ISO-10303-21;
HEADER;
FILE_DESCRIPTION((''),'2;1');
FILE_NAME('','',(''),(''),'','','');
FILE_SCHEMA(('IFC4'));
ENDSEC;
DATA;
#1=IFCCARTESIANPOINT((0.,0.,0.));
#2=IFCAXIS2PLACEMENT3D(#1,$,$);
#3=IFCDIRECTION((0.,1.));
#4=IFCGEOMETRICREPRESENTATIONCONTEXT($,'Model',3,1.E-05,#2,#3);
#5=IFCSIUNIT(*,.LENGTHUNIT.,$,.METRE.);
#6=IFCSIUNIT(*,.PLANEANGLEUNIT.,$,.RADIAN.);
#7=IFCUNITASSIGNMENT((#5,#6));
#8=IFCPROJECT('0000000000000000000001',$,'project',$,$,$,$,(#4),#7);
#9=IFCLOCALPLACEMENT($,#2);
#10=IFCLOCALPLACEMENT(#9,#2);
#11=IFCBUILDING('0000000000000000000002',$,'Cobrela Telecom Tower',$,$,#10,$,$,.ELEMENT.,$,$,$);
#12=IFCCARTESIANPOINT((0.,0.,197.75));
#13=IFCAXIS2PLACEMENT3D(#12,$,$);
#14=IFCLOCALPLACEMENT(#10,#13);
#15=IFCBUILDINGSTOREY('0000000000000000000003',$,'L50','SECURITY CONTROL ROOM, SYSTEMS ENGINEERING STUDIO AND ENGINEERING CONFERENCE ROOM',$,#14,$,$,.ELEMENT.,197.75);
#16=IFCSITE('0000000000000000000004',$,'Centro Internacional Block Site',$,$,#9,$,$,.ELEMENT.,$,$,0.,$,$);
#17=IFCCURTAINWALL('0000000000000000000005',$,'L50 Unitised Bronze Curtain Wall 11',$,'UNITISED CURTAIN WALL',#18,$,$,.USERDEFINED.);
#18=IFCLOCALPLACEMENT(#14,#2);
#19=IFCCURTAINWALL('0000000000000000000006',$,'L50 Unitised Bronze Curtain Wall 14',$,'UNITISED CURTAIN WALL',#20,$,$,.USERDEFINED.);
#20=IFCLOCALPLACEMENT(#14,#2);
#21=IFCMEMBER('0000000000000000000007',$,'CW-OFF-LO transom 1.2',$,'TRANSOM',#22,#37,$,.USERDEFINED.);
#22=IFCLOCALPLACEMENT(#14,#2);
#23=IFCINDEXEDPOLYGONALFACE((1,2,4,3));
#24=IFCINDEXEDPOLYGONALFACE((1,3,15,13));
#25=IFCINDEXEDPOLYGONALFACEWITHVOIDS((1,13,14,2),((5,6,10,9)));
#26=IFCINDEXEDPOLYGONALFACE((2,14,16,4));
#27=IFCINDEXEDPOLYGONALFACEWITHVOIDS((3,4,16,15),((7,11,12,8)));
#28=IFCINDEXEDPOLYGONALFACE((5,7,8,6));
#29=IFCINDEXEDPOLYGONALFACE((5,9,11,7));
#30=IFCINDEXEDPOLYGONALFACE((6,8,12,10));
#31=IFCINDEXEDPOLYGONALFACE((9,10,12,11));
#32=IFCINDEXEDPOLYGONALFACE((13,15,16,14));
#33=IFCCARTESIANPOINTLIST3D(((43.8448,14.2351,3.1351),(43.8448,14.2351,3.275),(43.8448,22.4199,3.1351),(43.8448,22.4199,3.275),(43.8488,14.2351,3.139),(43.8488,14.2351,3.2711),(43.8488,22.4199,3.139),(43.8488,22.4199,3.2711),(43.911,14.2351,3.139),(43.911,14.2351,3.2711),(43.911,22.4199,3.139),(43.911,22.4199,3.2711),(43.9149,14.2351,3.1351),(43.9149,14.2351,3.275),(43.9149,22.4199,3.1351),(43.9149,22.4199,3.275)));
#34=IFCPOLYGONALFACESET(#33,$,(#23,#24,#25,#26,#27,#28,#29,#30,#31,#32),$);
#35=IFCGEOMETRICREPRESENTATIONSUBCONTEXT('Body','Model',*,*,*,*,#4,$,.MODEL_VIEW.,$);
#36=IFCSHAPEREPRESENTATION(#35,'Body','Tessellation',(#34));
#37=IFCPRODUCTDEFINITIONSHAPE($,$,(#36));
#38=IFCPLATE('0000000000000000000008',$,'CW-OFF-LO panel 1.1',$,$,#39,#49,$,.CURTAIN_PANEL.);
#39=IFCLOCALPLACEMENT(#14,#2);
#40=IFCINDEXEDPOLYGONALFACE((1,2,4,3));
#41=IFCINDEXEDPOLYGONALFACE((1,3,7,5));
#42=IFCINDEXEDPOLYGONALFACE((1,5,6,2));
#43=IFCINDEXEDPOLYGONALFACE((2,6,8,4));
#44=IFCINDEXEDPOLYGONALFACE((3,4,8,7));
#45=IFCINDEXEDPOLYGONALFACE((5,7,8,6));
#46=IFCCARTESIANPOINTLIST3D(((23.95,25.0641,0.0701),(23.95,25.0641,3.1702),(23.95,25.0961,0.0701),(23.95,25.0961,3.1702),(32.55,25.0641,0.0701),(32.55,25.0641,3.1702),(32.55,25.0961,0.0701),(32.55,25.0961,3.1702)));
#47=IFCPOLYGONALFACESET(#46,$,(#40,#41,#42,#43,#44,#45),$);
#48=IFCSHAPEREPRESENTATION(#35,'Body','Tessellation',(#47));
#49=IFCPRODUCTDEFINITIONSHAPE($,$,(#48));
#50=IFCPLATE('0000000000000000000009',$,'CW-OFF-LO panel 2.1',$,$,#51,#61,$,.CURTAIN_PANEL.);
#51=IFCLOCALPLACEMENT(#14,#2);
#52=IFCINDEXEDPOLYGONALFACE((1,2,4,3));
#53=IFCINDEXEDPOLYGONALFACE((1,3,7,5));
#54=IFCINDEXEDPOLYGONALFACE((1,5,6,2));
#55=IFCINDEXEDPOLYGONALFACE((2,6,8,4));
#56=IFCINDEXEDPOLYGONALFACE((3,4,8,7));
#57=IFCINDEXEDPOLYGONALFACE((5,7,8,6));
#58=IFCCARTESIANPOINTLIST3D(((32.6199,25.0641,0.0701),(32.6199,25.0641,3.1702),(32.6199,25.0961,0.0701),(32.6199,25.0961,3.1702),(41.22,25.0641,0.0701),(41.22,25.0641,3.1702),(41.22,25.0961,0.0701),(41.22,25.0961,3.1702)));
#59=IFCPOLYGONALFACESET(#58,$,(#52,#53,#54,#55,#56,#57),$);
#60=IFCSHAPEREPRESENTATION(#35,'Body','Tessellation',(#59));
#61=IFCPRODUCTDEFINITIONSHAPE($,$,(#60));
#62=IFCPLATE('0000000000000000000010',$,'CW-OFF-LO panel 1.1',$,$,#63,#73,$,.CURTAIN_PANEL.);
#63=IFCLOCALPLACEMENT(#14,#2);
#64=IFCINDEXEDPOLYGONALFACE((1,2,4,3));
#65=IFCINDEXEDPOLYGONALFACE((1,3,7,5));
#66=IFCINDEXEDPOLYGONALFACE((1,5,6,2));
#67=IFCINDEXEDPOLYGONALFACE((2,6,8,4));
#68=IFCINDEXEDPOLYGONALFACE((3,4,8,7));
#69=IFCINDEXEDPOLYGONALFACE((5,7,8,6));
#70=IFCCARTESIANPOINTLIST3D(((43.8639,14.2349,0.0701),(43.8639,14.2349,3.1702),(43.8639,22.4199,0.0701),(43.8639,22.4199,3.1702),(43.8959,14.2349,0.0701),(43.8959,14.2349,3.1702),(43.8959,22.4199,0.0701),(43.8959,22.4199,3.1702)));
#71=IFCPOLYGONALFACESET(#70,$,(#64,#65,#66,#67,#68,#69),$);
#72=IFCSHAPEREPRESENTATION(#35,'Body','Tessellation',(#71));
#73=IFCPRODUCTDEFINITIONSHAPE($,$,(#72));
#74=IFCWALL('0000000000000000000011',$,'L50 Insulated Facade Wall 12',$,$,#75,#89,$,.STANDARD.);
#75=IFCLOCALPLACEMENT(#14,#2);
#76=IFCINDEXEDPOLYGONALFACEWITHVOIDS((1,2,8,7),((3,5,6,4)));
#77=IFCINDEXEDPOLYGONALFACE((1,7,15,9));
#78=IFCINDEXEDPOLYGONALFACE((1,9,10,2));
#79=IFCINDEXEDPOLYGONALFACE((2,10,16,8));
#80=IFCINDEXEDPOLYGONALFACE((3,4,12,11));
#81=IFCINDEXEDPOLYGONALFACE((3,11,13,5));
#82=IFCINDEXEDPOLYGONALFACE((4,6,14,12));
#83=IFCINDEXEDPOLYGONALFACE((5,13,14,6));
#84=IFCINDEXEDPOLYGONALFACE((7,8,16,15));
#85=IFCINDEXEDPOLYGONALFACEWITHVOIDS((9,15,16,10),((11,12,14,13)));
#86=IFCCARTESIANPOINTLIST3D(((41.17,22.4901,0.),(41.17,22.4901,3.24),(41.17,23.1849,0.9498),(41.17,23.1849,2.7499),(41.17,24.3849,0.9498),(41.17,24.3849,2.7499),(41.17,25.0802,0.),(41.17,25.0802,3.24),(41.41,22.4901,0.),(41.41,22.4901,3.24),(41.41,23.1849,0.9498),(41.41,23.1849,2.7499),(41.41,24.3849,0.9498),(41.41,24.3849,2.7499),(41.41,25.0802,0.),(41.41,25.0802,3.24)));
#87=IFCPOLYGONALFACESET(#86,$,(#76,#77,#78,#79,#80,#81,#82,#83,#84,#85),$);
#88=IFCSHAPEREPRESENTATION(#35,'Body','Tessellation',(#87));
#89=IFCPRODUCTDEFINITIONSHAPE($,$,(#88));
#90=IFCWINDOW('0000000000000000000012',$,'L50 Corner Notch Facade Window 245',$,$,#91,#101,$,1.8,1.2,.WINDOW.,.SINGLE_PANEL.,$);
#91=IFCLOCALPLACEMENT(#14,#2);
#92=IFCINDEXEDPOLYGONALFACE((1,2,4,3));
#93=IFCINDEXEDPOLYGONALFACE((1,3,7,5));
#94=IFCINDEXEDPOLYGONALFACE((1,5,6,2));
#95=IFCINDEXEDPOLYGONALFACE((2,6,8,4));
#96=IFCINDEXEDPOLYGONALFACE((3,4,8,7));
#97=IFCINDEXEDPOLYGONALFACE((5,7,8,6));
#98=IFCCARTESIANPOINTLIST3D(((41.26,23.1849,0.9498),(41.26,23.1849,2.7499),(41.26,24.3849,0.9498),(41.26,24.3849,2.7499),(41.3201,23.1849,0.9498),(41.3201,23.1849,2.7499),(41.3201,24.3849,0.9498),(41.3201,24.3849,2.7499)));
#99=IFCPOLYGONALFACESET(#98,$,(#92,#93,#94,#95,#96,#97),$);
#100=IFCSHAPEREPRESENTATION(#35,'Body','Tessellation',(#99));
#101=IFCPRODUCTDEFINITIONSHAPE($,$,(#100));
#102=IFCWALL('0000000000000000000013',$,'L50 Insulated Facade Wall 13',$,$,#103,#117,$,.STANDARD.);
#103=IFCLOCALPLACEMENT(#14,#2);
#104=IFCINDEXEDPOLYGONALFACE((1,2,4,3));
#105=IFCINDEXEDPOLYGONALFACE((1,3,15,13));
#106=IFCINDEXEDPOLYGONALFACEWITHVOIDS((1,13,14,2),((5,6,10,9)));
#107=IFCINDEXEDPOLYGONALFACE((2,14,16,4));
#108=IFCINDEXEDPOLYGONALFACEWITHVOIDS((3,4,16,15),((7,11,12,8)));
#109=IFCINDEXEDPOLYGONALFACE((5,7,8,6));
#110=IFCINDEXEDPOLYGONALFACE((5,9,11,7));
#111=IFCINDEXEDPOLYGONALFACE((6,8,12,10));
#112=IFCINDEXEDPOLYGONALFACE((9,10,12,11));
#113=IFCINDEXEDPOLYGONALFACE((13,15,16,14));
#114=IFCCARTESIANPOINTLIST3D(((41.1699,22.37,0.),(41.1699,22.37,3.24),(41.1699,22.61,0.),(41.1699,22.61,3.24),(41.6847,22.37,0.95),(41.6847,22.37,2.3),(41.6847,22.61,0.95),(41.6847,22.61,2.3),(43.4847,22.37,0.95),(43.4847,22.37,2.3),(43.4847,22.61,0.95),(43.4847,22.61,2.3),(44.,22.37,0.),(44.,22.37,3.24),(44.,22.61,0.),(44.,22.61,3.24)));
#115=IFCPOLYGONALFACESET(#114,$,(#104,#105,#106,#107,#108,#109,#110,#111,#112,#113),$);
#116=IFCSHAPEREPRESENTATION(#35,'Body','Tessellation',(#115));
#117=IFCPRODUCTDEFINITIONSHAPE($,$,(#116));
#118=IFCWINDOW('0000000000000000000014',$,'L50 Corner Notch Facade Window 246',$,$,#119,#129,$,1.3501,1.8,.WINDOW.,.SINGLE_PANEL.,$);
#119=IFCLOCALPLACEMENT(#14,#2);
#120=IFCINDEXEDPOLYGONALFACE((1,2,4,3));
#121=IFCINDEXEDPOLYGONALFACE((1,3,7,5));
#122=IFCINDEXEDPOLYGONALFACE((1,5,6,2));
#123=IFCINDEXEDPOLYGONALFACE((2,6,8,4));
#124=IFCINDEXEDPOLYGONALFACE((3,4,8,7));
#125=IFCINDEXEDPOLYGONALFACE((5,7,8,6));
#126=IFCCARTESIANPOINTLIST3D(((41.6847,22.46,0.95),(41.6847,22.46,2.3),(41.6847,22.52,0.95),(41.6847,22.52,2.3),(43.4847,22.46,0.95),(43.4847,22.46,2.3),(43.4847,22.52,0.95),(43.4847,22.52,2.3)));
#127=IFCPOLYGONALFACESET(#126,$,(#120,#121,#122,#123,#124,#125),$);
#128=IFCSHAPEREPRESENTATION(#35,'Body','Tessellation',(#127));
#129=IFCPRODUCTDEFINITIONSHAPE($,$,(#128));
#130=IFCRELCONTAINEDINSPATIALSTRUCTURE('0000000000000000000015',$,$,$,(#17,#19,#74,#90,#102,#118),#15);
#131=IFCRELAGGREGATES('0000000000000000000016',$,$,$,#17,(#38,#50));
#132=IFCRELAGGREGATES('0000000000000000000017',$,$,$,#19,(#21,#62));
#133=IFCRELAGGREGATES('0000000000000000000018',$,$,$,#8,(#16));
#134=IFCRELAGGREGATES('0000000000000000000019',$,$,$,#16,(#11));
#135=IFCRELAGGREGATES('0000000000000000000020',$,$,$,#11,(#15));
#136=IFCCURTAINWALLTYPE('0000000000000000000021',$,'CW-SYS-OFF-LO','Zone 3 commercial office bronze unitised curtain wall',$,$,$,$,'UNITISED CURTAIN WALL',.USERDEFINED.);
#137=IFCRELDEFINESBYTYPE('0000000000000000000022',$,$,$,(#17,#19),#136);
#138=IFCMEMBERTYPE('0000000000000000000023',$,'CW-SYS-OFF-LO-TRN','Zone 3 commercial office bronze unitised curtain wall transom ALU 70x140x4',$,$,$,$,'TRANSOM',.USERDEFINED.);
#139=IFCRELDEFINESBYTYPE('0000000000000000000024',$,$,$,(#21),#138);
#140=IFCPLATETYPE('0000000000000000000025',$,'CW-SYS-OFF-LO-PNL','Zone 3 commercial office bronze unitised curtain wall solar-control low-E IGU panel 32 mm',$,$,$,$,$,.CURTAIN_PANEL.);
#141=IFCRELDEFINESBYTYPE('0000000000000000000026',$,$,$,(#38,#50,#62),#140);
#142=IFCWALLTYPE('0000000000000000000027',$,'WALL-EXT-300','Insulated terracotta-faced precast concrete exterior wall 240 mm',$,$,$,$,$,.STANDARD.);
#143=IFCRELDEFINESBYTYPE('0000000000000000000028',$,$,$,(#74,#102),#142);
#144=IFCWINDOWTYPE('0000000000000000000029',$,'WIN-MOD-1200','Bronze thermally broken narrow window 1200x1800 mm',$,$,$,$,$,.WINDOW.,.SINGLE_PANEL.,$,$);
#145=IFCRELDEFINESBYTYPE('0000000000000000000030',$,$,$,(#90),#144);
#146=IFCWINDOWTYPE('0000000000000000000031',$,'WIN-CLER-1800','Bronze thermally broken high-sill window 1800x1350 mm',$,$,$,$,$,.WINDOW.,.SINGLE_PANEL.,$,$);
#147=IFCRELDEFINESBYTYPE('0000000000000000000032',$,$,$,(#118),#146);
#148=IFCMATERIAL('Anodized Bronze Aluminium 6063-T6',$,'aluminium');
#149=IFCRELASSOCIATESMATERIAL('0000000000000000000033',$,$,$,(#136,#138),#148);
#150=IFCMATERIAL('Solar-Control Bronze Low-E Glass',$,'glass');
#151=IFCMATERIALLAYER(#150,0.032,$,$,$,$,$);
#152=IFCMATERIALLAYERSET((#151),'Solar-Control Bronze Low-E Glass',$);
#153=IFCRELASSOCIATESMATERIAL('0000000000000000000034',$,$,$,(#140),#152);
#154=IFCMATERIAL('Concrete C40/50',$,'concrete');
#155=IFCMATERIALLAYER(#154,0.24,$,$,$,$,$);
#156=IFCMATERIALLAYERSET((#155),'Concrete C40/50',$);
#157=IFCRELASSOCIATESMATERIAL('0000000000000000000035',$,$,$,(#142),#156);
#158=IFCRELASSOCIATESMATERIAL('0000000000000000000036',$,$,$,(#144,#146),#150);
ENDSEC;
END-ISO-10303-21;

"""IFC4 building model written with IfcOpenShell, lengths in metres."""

from ifc_helpers import new_model, si_unit, direction, frame, frame_2d, origin, origin_2d, place, context, subcontext, project, spatial, rectangle, hollow_rectangle, extrude, material, layer, layer_set, material_profile, profile_set, type_object, element, fill, aggregate, save


model = new_model("IFC4")

# Units and contexts
model_context = context("Model", 3, precision=1e-05, world=origin(), true_north=direction((0.0, 1.0)))
body_context = subcontext(model_context, "Body", "Model", "MODEL_VIEW")
ifc_project = project(units=[si_unit("LENGTHUNIT", "METRE"), si_unit("PLANEANGLEUNIT", "RADIAN")], contexts=[model_context])

# Site, building, storey
site_placement = place(None, origin())
site = spatial("IfcSite", under=ifc_project, at=site_placement, Name="Centro Internacional Block Site", CompositionType="ELEMENT", RefElevation=0.0)
building_placement = place(site_placement, origin())
building = spatial("IfcBuilding", under=site, at=building_placement, Name="Cobrela Telecom Tower", CompositionType="ELEMENT")
storey_placement = place(building_placement, frame((0.0, 0.0, 197.75)))
storey = spatial("IfcBuildingStorey", under=building, at=storey_placement, Name="L50", Description="SECURITY CONTROL ROOM, SYSTEMS ENGINEERING STUDIO AND ENGINEERING CONFERENCE ROOM", CompositionType="ELEMENT", Elevation=197.75)

# Curtain wall
ifc_material_1 = material(Name="Anodized Bronze Aluminium 6063-T6", Category="aluminium")
curtain_wall_type = type_object("IfcCurtainWallType", Name="CW-SYS-OFF-LO", Description="Zone 3 commercial office bronze unitised curtain wall", ElementType="UNITISED CURTAIN WALL", PredefinedType="USERDEFINED", material=ifc_material_1)
curtain_wall_1_placement = place(storey_placement, origin())
curtain_wall_1 = element("IfcCurtainWall", 1, at=curtain_wall_1_placement, inside=storey, type_object=curtain_wall_type, Name="L50 Unitised Bronze Curtain Wall 11", ObjectType="UNITISED CURTAIN WALL", PredefinedType="USERDEFINED")

# Curtain wall
curtain_wall_2_placement = place(storey_placement, origin())
curtain_wall_2 = element("IfcCurtainWall", 2, at=curtain_wall_2_placement, inside=storey, type_object=curtain_wall_type, Name="L50 Unitised Bronze Curtain Wall 14", ObjectType="UNITISED CURTAIN WALL", PredefinedType="USERDEFINED")

# Member
ifc_material_profile_1 = material_profile(ifc_material_1, hollow_rectangle(XDim=0.0701, YDim=0.1399, WallThickness=0.0039, at=origin_2d()), Name="ALU 70x140x4")
ifc_profile_set_1 = profile_set([ifc_material_profile_1], Name="Anodized Bronze Aluminium 6063-T6")
member_type_1 = type_object("IfcMemberType", Name="CW-SYS-OFF-LO-TRN", Description="Zone 3 commercial office bronze unitised curtain wall transom ALU 70x140x4", ElementType="TRANSOM", PredefinedType="USERDEFINED", material=ifc_profile_set_1)
member_1_placement = place(storey_placement, frame((43.8799, 22.4199, 3.2051), z_axis=(0.0, -1.0, 0.0), x_axis=(1.0, 0.0, 0.0)))
member_1 = element("IfcMember", 3, at=member_1_placement, type_object=member_type_1, Name="CW-OFF-LO transom 1.2", ObjectType="TRANSOM", PredefinedType="USERDEFINED", context=body_context, shape_type="SweptSolid", body=[
    extrude(hollow_rectangle(XDim=0.0701, YDim=0.1399, WallThickness=0.0039, at=origin_2d()), origin(), (0.0, 0.0, 1.0), 8.1848),
])

# Plates
ifc_material_2 = material(Name="Solar-Control Bronze Low-E Glass", Category="glass")
ifc_layer_1 = layer(ifc_material_2, 0.032)
ifc_layer_set_1 = layer_set([ifc_layer_1], Name="Solar-Control Bronze Low-E Glass")
plate_type = type_object("IfcPlateType", Name="CW-SYS-OFF-LO-PNL", Description="Zone 3 commercial office bronze unitised curtain wall solar-control low-E IGU panel 32 mm", PredefinedType="CURTAIN_PANEL", material=ifc_layer_set_1)
plate_1_placement = place(storey_placement, frame((28.25, 25.0801, 0.0701), z_axis=(0.0, 0.0, 1.0), x_axis=(1.0, 0.0, 0.0)))
plate_1 = element("IfcPlate", 4, at=plate_1_placement, type_object=plate_type, Name="CW-OFF-LO panel 1.1", PredefinedType="CURTAIN_PANEL", context=body_context, shape_type="SweptSolid", body=[
    extrude(rectangle(XDim=8.6001, YDim=0.032, at=origin_2d()), origin(), (0.0, 0.0, 1.0), 3.1001),
])
plate_2_placement = place(storey_placement, frame((36.9199, 25.0801, 0.0701), z_axis=(0.0, 0.0, 1.0), x_axis=(1.0, 0.0, 0.0)))
plate_2 = element("IfcPlate", 5, at=plate_2_placement, type_object=plate_type, Name="CW-OFF-LO panel 2.1", PredefinedType="CURTAIN_PANEL", context=body_context, shape_type="SweptSolid", body=[
    extrude(rectangle(XDim=8.6001, YDim=0.032, at=origin_2d()), origin(), (0.0, 0.0, 1.0), 3.1001),
])
aggregate(curtain_wall_1, [plate_1, plate_2])
plate_3_placement = place(storey_placement, frame((43.8799, 18.3274, 0.0701), z_axis=(0.0, 0.0, 1.0), x_axis=(0.0, -1.0, 0.0)))
plate_3 = element("IfcPlate", 6, at=plate_3_placement, type_object=plate_type, Name="CW-OFF-LO panel 1.1", PredefinedType="CURTAIN_PANEL", context=body_context, shape_type="SweptSolid", body=[
    extrude(rectangle(XDim=8.1851, YDim=0.032, at=origin_2d()), origin(), (0.0, 0.0, 1.0), 3.1001),
])
aggregate(curtain_wall_2, [member_1, plate_3])

# Walls, openings, windows
ifc_material_3 = material(Name="Concrete C40/50", Category="concrete")
ifc_layer_2 = layer(ifc_material_3, 0.24)
ifc_layer_set_2 = layer_set([ifc_layer_2], Name="Concrete C40/50")
wall_type = type_object("IfcWallType", Name="WALL-EXT-300", Description="Insulated terracotta-faced precast concrete exterior wall 240 mm", PredefinedType="STANDARD", material=ifc_layer_set_2)
wall_1_placement = place(storey_placement, frame((41.29, 25.0801, 0.0), z_axis=(0.0, 0.0, 1.0), x_axis=(0.0, -1.0, 0.0)))
wall_1 = element("IfcWall", 7, at=wall_1_placement, inside=storey, type_object=wall_type, Name="L50 Insulated Facade Wall 12", PredefinedType="STANDARD", context=body_context, shape_type="SweptSolid", body=[
    extrude(rectangle(XDim=2.5901, YDim=0.24, at=frame_2d((1.2949, 0.0))), origin(), (0.0, 0.0, 1.0), 3.24),
])
opening_1_placement = place(wall_1_placement, frame((0.6951, 0.0, 0.95)))
opening_1 = element("IfcOpeningElement", 8, at=opening_1_placement, cuts=wall_1, PredefinedType="OPENING", context=body_context, shape_type="SweptSolid", body=[
    extrude(rectangle(XDim=1.2, YDim=1.8, at=frame_2d((0.6001, 0.8999))), frame((0.0, 0.1318, 0.0), z_axis=(0.0, -1.0, 0.0), x_axis=(1.0, 0.0, 0.0)), (0.0, 0.0, 1.0), 0.2639),
])
window_type_1 = type_object("IfcWindowType", Name="WIN-MOD-1200", Description="Bronze thermally broken narrow window 1200x1800 mm", PartitioningType="SINGLE_PANEL", PredefinedType="WINDOW", material=ifc_material_2)
window_1_placement = place(opening_1_placement, origin())
window_1 = element("IfcWindow", 9, at=window_1_placement, inside=storey, type_object=window_type_1, Name="L50 Corner Notch Facade Window 245", OverallHeight=1.8, OverallWidth=1.2, PartitioningType="SINGLE_PANEL", PredefinedType="WINDOW", context=body_context, shape_type="SweptSolid", body=[
    extrude(rectangle(XDim=1.2, YDim=1.8, at=frame_2d((0.6001, 0.8999))), frame((0.0, 0.03, 0.0), z_axis=(0.0, -1.0, 0.0), x_axis=(1.0, 0.0, 0.0)), (0.0, 0.0, 1.0), 0.0601),
])
fill(opening_1, window_1)
wall_2_placement = place(storey_placement, frame((41.1699, 22.49, 0.0), z_axis=(0.0, 0.0, 1.0), x_axis=(1.0, 0.0, 0.0)))
wall_2 = element("IfcWall", 10, at=wall_2_placement, inside=storey, type_object=wall_type, Name="L50 Insulated Facade Wall 13", PredefinedType="STANDARD", context=body_context, shape_type="SweptSolid", body=[
    extrude(rectangle(XDim=2.8301, YDim=0.24, at=frame_2d((1.415, 0.0))), origin(), (0.0, 0.0, 1.0), 3.24),
])
opening_2_placement = place(wall_2_placement, frame((0.5149, 0.0, 0.95)))
opening_2 = element("IfcOpeningElement", 11, at=opening_2_placement, cuts=wall_2, PredefinedType="OPENING", context=body_context, shape_type="SweptSolid", body=[
    extrude(rectangle(XDim=1.8, YDim=1.3501, at=frame_2d((0.8999, 0.675))), frame((0.0, 0.1318, 0.0), z_axis=(0.0, -1.0, 0.0), x_axis=(1.0, 0.0, 0.0)), (0.0, 0.0, 1.0), 0.2639),
])
window_type_2 = type_object("IfcWindowType", Name="WIN-CLER-1800", Description="Bronze thermally broken high-sill window 1800x1350 mm", PartitioningType="SINGLE_PANEL", PredefinedType="WINDOW", material=ifc_material_2)
window_2_placement = place(opening_2_placement, origin())
window_2 = element("IfcWindow", 12, at=window_2_placement, inside=storey, type_object=window_type_2, Name="L50 Corner Notch Facade Window 246", OverallHeight=1.3501, OverallWidth=1.8, PartitioningType="SINGLE_PANEL", PredefinedType="WINDOW", context=body_context, shape_type="SweptSolid", body=[
    extrude(rectangle(XDim=1.8, YDim=1.3501, at=frame_2d((0.8999, 0.675))), frame((0.0, 0.03, 0.0), z_axis=(0.0, -1.0, 0.0), x_axis=(1.0, 0.0, 0.0)), (0.0, 0.0, 1.0), 0.0601),
])
fill(opening_2, window_2)

save(model, "model.ifc")
